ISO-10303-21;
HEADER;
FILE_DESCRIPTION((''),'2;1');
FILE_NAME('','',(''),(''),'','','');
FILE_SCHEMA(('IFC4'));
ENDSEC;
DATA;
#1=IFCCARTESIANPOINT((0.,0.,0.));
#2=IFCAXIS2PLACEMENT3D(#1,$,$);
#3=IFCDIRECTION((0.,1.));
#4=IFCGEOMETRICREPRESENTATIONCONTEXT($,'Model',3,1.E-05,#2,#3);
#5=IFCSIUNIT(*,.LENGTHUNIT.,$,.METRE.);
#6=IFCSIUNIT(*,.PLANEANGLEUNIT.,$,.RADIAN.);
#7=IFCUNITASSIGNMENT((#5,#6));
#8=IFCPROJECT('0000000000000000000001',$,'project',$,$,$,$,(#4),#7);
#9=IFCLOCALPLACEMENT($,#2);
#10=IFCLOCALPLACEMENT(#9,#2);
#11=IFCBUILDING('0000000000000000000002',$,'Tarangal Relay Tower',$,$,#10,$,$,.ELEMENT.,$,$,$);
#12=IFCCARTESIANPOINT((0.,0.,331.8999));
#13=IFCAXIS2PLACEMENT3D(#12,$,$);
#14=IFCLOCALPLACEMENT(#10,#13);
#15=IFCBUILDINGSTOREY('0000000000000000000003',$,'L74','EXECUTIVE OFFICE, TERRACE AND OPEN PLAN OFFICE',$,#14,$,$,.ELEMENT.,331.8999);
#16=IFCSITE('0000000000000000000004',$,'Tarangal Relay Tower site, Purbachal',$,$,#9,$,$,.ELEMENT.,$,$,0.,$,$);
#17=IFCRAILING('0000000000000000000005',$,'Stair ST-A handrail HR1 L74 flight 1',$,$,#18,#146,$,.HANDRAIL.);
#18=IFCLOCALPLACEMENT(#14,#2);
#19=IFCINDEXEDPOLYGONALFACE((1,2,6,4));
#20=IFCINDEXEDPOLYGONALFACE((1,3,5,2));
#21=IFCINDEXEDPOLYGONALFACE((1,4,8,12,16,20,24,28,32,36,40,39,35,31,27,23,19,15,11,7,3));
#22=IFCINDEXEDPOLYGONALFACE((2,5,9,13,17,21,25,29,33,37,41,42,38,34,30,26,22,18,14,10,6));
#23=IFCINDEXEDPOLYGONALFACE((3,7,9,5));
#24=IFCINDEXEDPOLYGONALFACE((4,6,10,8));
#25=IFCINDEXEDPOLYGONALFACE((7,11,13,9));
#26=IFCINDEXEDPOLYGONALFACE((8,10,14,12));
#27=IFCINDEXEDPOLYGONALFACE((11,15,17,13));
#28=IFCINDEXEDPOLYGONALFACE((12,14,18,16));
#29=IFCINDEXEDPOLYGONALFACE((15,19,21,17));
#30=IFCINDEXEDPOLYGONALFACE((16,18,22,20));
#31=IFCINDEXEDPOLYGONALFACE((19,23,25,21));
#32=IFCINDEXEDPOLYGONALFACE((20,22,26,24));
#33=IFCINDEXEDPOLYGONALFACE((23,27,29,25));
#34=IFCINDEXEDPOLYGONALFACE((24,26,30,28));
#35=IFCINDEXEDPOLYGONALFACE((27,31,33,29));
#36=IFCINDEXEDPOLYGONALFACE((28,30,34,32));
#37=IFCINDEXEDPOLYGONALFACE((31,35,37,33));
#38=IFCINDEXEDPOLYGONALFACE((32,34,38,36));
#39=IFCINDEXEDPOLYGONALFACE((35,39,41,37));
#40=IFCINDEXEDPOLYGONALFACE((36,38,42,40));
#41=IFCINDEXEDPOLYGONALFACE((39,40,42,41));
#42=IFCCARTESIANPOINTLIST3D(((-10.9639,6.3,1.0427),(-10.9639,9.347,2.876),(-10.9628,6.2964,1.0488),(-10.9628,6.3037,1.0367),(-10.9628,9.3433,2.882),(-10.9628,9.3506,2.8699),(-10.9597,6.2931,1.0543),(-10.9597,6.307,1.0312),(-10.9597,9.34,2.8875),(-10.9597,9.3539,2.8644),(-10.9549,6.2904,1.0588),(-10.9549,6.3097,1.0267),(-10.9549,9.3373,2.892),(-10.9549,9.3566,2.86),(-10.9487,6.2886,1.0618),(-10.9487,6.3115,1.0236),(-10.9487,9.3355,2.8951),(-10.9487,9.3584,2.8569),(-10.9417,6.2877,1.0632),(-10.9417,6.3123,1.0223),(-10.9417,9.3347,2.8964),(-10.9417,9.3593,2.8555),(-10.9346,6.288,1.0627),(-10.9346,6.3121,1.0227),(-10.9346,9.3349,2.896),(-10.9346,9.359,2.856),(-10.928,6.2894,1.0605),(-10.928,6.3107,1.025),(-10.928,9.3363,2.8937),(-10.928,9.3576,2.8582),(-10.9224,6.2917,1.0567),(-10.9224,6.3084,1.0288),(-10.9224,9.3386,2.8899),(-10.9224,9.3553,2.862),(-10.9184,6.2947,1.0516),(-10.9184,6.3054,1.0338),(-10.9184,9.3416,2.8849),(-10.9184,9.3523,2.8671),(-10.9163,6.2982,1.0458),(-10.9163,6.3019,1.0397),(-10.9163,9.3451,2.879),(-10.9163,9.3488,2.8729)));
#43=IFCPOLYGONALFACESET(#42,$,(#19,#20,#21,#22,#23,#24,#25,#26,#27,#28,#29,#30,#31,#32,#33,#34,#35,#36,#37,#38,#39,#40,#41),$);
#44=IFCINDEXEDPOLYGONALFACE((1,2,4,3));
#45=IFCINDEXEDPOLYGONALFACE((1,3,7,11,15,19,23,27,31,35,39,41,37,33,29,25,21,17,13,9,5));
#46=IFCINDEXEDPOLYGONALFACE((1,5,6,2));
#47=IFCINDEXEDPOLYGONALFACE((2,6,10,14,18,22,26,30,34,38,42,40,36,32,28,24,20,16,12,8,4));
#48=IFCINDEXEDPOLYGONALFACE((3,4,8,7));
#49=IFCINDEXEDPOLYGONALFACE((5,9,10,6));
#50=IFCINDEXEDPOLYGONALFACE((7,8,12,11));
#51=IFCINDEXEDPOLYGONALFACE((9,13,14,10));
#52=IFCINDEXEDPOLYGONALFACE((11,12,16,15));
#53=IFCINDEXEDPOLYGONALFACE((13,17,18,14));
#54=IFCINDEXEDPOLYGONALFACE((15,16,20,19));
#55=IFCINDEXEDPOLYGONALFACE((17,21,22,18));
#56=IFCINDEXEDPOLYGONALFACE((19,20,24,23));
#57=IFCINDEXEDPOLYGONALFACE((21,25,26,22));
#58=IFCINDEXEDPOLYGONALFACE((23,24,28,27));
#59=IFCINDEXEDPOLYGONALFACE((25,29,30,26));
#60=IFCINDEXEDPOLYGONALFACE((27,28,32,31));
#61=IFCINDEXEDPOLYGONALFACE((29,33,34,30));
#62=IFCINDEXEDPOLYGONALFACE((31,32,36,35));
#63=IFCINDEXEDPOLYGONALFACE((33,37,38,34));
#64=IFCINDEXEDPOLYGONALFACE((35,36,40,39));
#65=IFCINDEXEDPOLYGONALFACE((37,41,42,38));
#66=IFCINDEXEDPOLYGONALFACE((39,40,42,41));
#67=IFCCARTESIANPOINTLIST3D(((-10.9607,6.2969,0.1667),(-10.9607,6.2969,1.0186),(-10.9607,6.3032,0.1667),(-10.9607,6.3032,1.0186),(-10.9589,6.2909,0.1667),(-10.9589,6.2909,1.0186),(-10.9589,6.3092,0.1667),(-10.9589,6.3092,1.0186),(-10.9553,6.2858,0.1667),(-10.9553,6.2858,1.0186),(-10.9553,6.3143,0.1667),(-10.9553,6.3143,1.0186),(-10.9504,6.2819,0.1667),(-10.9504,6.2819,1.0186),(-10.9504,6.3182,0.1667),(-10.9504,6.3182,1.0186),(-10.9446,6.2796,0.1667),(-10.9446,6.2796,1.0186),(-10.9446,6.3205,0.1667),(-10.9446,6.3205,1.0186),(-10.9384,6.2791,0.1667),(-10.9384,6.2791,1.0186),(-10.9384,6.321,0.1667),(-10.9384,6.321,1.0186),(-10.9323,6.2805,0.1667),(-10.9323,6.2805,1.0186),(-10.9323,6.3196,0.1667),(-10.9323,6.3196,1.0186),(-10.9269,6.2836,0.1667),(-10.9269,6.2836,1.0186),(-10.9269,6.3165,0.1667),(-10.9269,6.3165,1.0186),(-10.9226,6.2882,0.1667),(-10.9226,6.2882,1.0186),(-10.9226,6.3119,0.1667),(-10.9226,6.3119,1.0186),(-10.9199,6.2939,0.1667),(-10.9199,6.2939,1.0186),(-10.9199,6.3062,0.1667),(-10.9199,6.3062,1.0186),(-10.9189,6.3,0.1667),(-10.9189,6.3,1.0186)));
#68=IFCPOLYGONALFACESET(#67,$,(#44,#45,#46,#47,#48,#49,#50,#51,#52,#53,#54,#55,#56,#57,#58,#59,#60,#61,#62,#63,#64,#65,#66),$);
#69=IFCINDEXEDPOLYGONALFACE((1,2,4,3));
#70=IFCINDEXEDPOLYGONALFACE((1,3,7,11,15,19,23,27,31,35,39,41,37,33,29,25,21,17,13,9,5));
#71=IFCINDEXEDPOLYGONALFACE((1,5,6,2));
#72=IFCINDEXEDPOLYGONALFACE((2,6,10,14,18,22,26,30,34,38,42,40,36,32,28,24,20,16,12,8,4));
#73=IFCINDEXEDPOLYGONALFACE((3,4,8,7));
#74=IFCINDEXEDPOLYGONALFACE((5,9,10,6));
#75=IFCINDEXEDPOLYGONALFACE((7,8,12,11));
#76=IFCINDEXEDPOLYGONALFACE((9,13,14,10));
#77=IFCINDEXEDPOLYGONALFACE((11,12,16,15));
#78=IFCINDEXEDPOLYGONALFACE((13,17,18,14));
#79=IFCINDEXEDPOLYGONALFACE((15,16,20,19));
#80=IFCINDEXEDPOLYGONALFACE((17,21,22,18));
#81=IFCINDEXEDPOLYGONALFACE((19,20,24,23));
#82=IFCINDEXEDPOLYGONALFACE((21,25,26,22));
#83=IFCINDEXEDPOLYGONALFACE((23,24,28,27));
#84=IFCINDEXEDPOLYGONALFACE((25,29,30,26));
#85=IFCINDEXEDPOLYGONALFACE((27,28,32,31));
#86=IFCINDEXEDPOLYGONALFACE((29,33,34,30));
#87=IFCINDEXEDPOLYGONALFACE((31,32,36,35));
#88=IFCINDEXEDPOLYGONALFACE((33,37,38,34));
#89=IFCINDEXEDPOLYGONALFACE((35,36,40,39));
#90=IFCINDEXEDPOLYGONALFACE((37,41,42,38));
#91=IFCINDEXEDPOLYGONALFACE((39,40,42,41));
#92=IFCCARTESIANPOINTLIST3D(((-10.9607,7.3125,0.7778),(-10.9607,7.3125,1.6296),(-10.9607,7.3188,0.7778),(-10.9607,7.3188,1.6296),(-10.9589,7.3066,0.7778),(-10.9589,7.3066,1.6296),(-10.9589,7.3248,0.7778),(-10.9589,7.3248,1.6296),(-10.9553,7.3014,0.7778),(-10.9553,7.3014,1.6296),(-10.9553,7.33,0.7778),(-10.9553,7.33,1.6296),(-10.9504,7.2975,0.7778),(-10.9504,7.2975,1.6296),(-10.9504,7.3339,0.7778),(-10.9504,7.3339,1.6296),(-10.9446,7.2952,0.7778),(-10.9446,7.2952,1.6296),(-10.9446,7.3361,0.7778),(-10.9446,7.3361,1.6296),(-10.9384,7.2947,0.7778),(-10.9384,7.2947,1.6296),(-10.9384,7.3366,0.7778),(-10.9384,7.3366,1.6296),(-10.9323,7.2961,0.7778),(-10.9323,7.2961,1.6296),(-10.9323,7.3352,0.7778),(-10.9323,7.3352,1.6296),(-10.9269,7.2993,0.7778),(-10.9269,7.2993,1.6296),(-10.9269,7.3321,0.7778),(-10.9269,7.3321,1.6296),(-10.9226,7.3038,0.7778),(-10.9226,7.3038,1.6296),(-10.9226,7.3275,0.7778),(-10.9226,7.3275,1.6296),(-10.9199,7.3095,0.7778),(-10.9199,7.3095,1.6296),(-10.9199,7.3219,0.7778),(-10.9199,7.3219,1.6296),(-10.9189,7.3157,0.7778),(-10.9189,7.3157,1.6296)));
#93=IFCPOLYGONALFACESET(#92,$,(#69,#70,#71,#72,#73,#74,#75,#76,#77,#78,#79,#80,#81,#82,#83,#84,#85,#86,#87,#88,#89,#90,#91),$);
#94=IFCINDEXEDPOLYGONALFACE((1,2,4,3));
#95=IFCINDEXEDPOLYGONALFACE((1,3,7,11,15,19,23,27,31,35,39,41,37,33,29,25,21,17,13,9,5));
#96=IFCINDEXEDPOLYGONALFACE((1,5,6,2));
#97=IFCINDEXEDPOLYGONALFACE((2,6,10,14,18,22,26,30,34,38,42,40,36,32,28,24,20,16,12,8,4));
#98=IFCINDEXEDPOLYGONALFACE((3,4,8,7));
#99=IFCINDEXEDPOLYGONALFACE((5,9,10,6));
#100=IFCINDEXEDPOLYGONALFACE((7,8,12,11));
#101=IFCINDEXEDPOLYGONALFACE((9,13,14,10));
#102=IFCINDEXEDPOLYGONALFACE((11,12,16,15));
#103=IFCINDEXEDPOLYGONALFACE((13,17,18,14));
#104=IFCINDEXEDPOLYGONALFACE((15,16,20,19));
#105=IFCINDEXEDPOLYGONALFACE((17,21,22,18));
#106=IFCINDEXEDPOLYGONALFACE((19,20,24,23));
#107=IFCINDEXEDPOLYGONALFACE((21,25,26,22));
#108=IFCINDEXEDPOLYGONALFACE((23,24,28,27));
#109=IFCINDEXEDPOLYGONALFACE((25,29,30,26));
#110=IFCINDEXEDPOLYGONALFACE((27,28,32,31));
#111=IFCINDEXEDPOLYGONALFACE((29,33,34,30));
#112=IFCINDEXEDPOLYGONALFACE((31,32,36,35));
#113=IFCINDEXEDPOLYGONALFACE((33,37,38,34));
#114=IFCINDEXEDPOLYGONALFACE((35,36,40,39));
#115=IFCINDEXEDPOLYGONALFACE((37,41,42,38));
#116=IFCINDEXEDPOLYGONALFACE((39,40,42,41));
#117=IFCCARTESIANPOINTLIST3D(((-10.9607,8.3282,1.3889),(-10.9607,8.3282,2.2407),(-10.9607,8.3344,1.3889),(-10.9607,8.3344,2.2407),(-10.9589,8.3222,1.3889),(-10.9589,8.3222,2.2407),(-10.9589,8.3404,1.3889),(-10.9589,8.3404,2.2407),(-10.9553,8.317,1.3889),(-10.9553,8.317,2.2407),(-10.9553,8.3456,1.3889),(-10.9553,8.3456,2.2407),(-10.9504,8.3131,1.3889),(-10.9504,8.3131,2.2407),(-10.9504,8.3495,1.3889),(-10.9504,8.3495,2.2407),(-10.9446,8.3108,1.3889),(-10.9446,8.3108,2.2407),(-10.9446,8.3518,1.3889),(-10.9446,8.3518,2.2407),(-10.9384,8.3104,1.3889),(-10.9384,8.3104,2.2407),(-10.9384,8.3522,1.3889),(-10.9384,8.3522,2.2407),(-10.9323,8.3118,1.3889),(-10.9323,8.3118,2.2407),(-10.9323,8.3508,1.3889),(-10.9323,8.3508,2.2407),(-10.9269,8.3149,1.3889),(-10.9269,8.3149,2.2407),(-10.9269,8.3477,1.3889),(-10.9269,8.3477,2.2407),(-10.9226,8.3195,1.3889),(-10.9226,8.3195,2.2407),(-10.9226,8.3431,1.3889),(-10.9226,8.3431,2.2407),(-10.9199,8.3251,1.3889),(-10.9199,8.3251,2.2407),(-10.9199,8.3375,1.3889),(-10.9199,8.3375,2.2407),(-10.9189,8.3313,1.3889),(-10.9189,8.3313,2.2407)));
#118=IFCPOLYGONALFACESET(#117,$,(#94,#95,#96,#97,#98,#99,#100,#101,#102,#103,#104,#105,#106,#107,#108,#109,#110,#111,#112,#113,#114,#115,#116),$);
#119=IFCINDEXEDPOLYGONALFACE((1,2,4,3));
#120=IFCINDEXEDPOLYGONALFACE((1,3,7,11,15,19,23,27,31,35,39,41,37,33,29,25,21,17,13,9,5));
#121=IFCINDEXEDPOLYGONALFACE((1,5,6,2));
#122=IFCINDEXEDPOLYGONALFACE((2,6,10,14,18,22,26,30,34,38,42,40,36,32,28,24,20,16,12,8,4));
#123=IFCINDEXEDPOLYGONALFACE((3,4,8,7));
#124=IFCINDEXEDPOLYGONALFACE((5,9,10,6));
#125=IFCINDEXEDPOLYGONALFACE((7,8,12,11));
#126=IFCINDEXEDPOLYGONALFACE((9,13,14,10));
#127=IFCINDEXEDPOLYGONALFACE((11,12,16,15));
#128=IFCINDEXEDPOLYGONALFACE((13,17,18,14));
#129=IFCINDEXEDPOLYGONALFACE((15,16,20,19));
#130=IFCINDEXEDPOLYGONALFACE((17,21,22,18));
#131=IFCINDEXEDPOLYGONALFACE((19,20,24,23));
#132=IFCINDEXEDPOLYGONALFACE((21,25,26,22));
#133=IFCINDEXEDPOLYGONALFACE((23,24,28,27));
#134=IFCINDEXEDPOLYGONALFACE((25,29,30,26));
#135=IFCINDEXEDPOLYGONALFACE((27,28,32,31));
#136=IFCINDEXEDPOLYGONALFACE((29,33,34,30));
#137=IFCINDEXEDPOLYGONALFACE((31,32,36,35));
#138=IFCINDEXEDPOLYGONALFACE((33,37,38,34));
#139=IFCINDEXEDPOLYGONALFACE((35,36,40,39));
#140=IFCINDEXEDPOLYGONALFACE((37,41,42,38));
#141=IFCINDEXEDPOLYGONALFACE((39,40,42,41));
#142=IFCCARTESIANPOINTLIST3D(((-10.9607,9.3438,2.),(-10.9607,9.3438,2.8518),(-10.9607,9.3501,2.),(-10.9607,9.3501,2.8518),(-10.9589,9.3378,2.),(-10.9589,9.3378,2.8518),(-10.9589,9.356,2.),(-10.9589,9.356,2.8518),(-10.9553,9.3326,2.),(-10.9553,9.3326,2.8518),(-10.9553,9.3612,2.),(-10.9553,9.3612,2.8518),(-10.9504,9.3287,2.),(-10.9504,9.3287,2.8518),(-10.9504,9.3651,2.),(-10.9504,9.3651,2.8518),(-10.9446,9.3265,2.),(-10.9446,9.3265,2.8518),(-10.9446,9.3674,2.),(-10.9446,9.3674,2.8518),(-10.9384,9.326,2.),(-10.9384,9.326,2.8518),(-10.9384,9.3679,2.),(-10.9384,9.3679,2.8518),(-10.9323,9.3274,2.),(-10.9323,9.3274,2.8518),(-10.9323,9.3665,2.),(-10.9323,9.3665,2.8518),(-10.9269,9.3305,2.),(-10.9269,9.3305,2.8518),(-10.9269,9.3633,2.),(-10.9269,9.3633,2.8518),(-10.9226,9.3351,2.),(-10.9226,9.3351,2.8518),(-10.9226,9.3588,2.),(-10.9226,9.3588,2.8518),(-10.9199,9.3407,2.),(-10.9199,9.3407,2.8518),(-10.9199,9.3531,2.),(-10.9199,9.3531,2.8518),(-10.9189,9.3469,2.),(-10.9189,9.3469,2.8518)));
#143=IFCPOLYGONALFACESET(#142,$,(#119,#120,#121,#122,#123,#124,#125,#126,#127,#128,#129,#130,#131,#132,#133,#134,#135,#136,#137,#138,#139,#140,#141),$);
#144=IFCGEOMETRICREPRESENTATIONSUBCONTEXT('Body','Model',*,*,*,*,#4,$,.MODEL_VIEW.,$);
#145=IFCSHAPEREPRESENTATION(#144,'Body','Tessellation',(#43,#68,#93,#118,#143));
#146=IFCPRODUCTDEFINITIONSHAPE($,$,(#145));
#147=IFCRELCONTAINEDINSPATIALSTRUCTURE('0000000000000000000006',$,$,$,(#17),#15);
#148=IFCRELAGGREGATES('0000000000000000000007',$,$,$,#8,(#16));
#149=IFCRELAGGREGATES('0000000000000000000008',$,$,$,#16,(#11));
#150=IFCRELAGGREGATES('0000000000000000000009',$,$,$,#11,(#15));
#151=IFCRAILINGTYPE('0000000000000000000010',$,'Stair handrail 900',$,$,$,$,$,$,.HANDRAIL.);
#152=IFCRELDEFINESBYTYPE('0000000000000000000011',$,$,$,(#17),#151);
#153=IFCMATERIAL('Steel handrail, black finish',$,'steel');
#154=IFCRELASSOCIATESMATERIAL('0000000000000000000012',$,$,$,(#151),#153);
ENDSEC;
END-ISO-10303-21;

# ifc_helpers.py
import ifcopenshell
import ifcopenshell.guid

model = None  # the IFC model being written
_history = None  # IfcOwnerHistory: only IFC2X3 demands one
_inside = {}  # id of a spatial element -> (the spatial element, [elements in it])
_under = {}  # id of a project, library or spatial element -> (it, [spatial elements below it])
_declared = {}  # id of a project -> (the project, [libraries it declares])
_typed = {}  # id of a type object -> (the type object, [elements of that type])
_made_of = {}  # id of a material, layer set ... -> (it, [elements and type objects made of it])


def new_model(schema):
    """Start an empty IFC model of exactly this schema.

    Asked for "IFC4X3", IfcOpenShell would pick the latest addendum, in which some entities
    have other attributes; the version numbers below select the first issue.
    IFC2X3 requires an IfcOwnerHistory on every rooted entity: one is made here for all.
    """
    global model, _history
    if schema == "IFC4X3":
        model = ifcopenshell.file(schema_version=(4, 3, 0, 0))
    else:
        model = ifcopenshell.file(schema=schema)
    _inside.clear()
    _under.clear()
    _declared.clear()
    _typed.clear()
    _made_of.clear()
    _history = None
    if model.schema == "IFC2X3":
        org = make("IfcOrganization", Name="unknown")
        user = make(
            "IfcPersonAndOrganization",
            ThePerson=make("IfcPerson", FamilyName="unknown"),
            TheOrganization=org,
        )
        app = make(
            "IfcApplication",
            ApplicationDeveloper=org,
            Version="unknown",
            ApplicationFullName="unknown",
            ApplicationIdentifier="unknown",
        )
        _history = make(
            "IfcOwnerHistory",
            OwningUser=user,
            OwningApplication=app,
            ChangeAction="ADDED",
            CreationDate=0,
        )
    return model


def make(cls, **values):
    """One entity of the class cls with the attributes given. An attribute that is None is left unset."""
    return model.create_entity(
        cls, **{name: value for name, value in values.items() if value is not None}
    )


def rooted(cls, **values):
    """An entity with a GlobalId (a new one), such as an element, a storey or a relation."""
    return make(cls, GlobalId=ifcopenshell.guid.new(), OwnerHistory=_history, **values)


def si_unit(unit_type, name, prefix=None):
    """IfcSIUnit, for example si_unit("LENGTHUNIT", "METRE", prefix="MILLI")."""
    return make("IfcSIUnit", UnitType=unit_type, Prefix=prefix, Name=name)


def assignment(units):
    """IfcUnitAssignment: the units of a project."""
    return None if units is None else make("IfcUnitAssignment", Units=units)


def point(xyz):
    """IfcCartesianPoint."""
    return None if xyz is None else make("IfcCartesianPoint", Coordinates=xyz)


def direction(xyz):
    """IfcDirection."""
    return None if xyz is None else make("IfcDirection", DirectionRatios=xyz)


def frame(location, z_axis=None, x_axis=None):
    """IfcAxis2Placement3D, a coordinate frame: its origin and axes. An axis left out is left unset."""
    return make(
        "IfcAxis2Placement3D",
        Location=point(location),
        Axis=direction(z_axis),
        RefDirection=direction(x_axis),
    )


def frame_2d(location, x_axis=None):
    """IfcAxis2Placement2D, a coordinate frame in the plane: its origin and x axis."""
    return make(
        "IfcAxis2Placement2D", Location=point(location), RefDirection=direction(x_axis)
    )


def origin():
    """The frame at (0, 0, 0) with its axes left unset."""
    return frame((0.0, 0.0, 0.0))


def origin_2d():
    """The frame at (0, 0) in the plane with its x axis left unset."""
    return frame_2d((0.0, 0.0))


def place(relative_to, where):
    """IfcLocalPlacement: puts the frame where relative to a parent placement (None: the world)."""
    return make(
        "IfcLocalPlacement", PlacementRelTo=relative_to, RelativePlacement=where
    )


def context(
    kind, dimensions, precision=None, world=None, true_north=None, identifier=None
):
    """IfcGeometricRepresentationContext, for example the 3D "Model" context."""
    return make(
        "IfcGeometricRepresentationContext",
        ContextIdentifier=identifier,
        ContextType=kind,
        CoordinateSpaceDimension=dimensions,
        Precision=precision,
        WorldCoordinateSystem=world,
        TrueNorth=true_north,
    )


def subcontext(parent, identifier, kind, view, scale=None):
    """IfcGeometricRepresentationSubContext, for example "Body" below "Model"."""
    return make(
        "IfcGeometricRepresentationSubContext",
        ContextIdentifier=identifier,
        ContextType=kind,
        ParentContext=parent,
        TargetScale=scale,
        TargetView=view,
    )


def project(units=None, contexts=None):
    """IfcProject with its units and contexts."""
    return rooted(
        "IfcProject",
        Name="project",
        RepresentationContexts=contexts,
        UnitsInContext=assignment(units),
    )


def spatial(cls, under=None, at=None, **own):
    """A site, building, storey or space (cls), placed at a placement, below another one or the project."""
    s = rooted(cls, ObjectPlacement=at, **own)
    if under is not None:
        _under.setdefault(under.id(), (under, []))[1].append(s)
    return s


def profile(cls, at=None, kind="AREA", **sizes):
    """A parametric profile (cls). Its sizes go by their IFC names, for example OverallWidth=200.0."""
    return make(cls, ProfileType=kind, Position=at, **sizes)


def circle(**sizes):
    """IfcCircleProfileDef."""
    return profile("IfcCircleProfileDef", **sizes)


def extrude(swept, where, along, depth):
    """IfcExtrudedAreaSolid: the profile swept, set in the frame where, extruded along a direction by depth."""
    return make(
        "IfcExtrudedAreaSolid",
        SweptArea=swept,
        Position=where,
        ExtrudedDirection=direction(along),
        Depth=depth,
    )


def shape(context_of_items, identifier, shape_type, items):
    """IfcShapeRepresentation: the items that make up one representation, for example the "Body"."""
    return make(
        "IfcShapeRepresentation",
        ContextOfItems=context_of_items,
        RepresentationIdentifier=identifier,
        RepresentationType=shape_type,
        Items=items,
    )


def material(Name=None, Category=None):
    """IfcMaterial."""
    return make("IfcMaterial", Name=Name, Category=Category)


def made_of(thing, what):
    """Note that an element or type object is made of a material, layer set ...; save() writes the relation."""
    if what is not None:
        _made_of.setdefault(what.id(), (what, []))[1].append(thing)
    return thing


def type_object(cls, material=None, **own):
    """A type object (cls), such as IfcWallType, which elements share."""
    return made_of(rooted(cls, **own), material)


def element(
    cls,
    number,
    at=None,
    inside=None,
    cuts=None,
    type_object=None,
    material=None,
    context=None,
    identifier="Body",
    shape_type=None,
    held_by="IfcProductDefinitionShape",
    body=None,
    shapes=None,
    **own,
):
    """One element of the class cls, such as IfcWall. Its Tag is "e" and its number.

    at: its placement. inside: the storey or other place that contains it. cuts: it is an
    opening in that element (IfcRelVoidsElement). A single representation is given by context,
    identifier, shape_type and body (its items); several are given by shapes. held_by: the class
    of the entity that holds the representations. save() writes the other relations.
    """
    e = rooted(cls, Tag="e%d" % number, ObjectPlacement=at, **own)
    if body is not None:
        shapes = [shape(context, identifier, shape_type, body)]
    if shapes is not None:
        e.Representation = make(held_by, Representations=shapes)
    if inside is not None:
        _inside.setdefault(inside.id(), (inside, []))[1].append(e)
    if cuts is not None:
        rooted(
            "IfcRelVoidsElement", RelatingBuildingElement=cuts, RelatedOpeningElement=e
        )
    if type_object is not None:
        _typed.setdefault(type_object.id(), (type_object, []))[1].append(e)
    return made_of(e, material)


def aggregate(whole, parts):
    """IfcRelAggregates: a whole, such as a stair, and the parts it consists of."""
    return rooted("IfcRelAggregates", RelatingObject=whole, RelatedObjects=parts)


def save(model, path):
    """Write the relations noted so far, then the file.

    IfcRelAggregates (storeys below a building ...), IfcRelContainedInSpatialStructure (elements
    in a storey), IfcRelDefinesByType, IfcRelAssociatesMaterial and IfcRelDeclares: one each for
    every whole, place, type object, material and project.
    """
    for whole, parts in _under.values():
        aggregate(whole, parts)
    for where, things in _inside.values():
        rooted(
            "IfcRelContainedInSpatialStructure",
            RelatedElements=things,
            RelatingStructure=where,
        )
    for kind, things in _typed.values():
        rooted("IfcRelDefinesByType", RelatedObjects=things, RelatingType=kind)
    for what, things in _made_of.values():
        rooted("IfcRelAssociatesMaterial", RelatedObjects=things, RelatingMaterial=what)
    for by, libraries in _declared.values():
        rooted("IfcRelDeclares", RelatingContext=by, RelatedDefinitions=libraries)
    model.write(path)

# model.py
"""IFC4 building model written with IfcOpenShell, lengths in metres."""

from ifc_helpers import new_model, si_unit, direction, frame, origin, origin_2d, place, context, subcontext, project, spatial, circle, extrude, material, type_object, element, save


model = new_model("IFC4")

# Units and contexts
model_context = context("Model", 3, precision=1e-05, world=origin(), true_north=direction((0.0, 1.0)))
body_context = subcontext(model_context, "Body", "Model", "MODEL_VIEW")
ifc_project = project(units=[si_unit("LENGTHUNIT", "METRE"), si_unit("PLANEANGLEUNIT", "RADIAN")], contexts=[model_context])

# Site, building, storey
site_placement = place(None, origin())
site = spatial("IfcSite", under=ifc_project, at=site_placement, Name="Tarangal Relay Tower site, Purbachal", CompositionType="ELEMENT", RefElevation=0.0)
building_placement = place(site_placement, origin())
building = spatial("IfcBuilding", under=site, at=building_placement, Name="Tarangal Relay Tower", CompositionType="ELEMENT")
storey_placement = place(building_placement, frame((0.0, 0.0, 331.8999)))
storey = spatial("IfcBuildingStorey", under=building, at=storey_placement, Name="L74", Description="EXECUTIVE OFFICE, TERRACE AND OPEN PLAN OFFICE", CompositionType="ELEMENT", Elevation=331.8999)

# Railing
ifc_material_1 = material(Name="Steel handrail, black finish", Category="steel")
railing_type = type_object("IfcRailingType", Name="Stair handrail 900", PredefinedType="HANDRAIL", material=ifc_material_1)
railing_placement = place(storey_placement, frame((-10.9399, 6.3, 0.1667)))
element("IfcRailing", 1, at=railing_placement, inside=storey, type_object=railing_type, Name="Stair ST-A handrail HR1 L74 flight 1", PredefinedType="HANDRAIL", context=body_context, shape_type="SweptSolid", body=[
    extrude(circle(Radius=0.0239, at=origin_2d()), frame((0.0, 0.0, 0.876), z_axis=(0.0, 0.856856, 0.515556), x_axis=(-1.0, 0.0, 0.0)), (0.0, 0.0, 1.0), 3.5559),
    extrude(circle(Radius=0.021, at=origin_2d()), origin(), (0.0, 0.0, 1.0), 0.8518),
    extrude(circle(Radius=0.021, at=origin_2d()), frame((0.0, 1.0156, 0.6111)), (0.0, 0.0, 1.0), 0.8518),
    extrude(circle(Radius=0.021, at=origin_2d()), frame((0.0, 2.0312, 1.2222)), (0.0, 0.0, 1.0), 0.8518),
    extrude(circle(Radius=0.021, at=origin_2d()), frame((0.0, 3.0469, 1.8333)), (0.0, 0.0, 1.0), 0.8518),
])

save(model, "model.ifc")
